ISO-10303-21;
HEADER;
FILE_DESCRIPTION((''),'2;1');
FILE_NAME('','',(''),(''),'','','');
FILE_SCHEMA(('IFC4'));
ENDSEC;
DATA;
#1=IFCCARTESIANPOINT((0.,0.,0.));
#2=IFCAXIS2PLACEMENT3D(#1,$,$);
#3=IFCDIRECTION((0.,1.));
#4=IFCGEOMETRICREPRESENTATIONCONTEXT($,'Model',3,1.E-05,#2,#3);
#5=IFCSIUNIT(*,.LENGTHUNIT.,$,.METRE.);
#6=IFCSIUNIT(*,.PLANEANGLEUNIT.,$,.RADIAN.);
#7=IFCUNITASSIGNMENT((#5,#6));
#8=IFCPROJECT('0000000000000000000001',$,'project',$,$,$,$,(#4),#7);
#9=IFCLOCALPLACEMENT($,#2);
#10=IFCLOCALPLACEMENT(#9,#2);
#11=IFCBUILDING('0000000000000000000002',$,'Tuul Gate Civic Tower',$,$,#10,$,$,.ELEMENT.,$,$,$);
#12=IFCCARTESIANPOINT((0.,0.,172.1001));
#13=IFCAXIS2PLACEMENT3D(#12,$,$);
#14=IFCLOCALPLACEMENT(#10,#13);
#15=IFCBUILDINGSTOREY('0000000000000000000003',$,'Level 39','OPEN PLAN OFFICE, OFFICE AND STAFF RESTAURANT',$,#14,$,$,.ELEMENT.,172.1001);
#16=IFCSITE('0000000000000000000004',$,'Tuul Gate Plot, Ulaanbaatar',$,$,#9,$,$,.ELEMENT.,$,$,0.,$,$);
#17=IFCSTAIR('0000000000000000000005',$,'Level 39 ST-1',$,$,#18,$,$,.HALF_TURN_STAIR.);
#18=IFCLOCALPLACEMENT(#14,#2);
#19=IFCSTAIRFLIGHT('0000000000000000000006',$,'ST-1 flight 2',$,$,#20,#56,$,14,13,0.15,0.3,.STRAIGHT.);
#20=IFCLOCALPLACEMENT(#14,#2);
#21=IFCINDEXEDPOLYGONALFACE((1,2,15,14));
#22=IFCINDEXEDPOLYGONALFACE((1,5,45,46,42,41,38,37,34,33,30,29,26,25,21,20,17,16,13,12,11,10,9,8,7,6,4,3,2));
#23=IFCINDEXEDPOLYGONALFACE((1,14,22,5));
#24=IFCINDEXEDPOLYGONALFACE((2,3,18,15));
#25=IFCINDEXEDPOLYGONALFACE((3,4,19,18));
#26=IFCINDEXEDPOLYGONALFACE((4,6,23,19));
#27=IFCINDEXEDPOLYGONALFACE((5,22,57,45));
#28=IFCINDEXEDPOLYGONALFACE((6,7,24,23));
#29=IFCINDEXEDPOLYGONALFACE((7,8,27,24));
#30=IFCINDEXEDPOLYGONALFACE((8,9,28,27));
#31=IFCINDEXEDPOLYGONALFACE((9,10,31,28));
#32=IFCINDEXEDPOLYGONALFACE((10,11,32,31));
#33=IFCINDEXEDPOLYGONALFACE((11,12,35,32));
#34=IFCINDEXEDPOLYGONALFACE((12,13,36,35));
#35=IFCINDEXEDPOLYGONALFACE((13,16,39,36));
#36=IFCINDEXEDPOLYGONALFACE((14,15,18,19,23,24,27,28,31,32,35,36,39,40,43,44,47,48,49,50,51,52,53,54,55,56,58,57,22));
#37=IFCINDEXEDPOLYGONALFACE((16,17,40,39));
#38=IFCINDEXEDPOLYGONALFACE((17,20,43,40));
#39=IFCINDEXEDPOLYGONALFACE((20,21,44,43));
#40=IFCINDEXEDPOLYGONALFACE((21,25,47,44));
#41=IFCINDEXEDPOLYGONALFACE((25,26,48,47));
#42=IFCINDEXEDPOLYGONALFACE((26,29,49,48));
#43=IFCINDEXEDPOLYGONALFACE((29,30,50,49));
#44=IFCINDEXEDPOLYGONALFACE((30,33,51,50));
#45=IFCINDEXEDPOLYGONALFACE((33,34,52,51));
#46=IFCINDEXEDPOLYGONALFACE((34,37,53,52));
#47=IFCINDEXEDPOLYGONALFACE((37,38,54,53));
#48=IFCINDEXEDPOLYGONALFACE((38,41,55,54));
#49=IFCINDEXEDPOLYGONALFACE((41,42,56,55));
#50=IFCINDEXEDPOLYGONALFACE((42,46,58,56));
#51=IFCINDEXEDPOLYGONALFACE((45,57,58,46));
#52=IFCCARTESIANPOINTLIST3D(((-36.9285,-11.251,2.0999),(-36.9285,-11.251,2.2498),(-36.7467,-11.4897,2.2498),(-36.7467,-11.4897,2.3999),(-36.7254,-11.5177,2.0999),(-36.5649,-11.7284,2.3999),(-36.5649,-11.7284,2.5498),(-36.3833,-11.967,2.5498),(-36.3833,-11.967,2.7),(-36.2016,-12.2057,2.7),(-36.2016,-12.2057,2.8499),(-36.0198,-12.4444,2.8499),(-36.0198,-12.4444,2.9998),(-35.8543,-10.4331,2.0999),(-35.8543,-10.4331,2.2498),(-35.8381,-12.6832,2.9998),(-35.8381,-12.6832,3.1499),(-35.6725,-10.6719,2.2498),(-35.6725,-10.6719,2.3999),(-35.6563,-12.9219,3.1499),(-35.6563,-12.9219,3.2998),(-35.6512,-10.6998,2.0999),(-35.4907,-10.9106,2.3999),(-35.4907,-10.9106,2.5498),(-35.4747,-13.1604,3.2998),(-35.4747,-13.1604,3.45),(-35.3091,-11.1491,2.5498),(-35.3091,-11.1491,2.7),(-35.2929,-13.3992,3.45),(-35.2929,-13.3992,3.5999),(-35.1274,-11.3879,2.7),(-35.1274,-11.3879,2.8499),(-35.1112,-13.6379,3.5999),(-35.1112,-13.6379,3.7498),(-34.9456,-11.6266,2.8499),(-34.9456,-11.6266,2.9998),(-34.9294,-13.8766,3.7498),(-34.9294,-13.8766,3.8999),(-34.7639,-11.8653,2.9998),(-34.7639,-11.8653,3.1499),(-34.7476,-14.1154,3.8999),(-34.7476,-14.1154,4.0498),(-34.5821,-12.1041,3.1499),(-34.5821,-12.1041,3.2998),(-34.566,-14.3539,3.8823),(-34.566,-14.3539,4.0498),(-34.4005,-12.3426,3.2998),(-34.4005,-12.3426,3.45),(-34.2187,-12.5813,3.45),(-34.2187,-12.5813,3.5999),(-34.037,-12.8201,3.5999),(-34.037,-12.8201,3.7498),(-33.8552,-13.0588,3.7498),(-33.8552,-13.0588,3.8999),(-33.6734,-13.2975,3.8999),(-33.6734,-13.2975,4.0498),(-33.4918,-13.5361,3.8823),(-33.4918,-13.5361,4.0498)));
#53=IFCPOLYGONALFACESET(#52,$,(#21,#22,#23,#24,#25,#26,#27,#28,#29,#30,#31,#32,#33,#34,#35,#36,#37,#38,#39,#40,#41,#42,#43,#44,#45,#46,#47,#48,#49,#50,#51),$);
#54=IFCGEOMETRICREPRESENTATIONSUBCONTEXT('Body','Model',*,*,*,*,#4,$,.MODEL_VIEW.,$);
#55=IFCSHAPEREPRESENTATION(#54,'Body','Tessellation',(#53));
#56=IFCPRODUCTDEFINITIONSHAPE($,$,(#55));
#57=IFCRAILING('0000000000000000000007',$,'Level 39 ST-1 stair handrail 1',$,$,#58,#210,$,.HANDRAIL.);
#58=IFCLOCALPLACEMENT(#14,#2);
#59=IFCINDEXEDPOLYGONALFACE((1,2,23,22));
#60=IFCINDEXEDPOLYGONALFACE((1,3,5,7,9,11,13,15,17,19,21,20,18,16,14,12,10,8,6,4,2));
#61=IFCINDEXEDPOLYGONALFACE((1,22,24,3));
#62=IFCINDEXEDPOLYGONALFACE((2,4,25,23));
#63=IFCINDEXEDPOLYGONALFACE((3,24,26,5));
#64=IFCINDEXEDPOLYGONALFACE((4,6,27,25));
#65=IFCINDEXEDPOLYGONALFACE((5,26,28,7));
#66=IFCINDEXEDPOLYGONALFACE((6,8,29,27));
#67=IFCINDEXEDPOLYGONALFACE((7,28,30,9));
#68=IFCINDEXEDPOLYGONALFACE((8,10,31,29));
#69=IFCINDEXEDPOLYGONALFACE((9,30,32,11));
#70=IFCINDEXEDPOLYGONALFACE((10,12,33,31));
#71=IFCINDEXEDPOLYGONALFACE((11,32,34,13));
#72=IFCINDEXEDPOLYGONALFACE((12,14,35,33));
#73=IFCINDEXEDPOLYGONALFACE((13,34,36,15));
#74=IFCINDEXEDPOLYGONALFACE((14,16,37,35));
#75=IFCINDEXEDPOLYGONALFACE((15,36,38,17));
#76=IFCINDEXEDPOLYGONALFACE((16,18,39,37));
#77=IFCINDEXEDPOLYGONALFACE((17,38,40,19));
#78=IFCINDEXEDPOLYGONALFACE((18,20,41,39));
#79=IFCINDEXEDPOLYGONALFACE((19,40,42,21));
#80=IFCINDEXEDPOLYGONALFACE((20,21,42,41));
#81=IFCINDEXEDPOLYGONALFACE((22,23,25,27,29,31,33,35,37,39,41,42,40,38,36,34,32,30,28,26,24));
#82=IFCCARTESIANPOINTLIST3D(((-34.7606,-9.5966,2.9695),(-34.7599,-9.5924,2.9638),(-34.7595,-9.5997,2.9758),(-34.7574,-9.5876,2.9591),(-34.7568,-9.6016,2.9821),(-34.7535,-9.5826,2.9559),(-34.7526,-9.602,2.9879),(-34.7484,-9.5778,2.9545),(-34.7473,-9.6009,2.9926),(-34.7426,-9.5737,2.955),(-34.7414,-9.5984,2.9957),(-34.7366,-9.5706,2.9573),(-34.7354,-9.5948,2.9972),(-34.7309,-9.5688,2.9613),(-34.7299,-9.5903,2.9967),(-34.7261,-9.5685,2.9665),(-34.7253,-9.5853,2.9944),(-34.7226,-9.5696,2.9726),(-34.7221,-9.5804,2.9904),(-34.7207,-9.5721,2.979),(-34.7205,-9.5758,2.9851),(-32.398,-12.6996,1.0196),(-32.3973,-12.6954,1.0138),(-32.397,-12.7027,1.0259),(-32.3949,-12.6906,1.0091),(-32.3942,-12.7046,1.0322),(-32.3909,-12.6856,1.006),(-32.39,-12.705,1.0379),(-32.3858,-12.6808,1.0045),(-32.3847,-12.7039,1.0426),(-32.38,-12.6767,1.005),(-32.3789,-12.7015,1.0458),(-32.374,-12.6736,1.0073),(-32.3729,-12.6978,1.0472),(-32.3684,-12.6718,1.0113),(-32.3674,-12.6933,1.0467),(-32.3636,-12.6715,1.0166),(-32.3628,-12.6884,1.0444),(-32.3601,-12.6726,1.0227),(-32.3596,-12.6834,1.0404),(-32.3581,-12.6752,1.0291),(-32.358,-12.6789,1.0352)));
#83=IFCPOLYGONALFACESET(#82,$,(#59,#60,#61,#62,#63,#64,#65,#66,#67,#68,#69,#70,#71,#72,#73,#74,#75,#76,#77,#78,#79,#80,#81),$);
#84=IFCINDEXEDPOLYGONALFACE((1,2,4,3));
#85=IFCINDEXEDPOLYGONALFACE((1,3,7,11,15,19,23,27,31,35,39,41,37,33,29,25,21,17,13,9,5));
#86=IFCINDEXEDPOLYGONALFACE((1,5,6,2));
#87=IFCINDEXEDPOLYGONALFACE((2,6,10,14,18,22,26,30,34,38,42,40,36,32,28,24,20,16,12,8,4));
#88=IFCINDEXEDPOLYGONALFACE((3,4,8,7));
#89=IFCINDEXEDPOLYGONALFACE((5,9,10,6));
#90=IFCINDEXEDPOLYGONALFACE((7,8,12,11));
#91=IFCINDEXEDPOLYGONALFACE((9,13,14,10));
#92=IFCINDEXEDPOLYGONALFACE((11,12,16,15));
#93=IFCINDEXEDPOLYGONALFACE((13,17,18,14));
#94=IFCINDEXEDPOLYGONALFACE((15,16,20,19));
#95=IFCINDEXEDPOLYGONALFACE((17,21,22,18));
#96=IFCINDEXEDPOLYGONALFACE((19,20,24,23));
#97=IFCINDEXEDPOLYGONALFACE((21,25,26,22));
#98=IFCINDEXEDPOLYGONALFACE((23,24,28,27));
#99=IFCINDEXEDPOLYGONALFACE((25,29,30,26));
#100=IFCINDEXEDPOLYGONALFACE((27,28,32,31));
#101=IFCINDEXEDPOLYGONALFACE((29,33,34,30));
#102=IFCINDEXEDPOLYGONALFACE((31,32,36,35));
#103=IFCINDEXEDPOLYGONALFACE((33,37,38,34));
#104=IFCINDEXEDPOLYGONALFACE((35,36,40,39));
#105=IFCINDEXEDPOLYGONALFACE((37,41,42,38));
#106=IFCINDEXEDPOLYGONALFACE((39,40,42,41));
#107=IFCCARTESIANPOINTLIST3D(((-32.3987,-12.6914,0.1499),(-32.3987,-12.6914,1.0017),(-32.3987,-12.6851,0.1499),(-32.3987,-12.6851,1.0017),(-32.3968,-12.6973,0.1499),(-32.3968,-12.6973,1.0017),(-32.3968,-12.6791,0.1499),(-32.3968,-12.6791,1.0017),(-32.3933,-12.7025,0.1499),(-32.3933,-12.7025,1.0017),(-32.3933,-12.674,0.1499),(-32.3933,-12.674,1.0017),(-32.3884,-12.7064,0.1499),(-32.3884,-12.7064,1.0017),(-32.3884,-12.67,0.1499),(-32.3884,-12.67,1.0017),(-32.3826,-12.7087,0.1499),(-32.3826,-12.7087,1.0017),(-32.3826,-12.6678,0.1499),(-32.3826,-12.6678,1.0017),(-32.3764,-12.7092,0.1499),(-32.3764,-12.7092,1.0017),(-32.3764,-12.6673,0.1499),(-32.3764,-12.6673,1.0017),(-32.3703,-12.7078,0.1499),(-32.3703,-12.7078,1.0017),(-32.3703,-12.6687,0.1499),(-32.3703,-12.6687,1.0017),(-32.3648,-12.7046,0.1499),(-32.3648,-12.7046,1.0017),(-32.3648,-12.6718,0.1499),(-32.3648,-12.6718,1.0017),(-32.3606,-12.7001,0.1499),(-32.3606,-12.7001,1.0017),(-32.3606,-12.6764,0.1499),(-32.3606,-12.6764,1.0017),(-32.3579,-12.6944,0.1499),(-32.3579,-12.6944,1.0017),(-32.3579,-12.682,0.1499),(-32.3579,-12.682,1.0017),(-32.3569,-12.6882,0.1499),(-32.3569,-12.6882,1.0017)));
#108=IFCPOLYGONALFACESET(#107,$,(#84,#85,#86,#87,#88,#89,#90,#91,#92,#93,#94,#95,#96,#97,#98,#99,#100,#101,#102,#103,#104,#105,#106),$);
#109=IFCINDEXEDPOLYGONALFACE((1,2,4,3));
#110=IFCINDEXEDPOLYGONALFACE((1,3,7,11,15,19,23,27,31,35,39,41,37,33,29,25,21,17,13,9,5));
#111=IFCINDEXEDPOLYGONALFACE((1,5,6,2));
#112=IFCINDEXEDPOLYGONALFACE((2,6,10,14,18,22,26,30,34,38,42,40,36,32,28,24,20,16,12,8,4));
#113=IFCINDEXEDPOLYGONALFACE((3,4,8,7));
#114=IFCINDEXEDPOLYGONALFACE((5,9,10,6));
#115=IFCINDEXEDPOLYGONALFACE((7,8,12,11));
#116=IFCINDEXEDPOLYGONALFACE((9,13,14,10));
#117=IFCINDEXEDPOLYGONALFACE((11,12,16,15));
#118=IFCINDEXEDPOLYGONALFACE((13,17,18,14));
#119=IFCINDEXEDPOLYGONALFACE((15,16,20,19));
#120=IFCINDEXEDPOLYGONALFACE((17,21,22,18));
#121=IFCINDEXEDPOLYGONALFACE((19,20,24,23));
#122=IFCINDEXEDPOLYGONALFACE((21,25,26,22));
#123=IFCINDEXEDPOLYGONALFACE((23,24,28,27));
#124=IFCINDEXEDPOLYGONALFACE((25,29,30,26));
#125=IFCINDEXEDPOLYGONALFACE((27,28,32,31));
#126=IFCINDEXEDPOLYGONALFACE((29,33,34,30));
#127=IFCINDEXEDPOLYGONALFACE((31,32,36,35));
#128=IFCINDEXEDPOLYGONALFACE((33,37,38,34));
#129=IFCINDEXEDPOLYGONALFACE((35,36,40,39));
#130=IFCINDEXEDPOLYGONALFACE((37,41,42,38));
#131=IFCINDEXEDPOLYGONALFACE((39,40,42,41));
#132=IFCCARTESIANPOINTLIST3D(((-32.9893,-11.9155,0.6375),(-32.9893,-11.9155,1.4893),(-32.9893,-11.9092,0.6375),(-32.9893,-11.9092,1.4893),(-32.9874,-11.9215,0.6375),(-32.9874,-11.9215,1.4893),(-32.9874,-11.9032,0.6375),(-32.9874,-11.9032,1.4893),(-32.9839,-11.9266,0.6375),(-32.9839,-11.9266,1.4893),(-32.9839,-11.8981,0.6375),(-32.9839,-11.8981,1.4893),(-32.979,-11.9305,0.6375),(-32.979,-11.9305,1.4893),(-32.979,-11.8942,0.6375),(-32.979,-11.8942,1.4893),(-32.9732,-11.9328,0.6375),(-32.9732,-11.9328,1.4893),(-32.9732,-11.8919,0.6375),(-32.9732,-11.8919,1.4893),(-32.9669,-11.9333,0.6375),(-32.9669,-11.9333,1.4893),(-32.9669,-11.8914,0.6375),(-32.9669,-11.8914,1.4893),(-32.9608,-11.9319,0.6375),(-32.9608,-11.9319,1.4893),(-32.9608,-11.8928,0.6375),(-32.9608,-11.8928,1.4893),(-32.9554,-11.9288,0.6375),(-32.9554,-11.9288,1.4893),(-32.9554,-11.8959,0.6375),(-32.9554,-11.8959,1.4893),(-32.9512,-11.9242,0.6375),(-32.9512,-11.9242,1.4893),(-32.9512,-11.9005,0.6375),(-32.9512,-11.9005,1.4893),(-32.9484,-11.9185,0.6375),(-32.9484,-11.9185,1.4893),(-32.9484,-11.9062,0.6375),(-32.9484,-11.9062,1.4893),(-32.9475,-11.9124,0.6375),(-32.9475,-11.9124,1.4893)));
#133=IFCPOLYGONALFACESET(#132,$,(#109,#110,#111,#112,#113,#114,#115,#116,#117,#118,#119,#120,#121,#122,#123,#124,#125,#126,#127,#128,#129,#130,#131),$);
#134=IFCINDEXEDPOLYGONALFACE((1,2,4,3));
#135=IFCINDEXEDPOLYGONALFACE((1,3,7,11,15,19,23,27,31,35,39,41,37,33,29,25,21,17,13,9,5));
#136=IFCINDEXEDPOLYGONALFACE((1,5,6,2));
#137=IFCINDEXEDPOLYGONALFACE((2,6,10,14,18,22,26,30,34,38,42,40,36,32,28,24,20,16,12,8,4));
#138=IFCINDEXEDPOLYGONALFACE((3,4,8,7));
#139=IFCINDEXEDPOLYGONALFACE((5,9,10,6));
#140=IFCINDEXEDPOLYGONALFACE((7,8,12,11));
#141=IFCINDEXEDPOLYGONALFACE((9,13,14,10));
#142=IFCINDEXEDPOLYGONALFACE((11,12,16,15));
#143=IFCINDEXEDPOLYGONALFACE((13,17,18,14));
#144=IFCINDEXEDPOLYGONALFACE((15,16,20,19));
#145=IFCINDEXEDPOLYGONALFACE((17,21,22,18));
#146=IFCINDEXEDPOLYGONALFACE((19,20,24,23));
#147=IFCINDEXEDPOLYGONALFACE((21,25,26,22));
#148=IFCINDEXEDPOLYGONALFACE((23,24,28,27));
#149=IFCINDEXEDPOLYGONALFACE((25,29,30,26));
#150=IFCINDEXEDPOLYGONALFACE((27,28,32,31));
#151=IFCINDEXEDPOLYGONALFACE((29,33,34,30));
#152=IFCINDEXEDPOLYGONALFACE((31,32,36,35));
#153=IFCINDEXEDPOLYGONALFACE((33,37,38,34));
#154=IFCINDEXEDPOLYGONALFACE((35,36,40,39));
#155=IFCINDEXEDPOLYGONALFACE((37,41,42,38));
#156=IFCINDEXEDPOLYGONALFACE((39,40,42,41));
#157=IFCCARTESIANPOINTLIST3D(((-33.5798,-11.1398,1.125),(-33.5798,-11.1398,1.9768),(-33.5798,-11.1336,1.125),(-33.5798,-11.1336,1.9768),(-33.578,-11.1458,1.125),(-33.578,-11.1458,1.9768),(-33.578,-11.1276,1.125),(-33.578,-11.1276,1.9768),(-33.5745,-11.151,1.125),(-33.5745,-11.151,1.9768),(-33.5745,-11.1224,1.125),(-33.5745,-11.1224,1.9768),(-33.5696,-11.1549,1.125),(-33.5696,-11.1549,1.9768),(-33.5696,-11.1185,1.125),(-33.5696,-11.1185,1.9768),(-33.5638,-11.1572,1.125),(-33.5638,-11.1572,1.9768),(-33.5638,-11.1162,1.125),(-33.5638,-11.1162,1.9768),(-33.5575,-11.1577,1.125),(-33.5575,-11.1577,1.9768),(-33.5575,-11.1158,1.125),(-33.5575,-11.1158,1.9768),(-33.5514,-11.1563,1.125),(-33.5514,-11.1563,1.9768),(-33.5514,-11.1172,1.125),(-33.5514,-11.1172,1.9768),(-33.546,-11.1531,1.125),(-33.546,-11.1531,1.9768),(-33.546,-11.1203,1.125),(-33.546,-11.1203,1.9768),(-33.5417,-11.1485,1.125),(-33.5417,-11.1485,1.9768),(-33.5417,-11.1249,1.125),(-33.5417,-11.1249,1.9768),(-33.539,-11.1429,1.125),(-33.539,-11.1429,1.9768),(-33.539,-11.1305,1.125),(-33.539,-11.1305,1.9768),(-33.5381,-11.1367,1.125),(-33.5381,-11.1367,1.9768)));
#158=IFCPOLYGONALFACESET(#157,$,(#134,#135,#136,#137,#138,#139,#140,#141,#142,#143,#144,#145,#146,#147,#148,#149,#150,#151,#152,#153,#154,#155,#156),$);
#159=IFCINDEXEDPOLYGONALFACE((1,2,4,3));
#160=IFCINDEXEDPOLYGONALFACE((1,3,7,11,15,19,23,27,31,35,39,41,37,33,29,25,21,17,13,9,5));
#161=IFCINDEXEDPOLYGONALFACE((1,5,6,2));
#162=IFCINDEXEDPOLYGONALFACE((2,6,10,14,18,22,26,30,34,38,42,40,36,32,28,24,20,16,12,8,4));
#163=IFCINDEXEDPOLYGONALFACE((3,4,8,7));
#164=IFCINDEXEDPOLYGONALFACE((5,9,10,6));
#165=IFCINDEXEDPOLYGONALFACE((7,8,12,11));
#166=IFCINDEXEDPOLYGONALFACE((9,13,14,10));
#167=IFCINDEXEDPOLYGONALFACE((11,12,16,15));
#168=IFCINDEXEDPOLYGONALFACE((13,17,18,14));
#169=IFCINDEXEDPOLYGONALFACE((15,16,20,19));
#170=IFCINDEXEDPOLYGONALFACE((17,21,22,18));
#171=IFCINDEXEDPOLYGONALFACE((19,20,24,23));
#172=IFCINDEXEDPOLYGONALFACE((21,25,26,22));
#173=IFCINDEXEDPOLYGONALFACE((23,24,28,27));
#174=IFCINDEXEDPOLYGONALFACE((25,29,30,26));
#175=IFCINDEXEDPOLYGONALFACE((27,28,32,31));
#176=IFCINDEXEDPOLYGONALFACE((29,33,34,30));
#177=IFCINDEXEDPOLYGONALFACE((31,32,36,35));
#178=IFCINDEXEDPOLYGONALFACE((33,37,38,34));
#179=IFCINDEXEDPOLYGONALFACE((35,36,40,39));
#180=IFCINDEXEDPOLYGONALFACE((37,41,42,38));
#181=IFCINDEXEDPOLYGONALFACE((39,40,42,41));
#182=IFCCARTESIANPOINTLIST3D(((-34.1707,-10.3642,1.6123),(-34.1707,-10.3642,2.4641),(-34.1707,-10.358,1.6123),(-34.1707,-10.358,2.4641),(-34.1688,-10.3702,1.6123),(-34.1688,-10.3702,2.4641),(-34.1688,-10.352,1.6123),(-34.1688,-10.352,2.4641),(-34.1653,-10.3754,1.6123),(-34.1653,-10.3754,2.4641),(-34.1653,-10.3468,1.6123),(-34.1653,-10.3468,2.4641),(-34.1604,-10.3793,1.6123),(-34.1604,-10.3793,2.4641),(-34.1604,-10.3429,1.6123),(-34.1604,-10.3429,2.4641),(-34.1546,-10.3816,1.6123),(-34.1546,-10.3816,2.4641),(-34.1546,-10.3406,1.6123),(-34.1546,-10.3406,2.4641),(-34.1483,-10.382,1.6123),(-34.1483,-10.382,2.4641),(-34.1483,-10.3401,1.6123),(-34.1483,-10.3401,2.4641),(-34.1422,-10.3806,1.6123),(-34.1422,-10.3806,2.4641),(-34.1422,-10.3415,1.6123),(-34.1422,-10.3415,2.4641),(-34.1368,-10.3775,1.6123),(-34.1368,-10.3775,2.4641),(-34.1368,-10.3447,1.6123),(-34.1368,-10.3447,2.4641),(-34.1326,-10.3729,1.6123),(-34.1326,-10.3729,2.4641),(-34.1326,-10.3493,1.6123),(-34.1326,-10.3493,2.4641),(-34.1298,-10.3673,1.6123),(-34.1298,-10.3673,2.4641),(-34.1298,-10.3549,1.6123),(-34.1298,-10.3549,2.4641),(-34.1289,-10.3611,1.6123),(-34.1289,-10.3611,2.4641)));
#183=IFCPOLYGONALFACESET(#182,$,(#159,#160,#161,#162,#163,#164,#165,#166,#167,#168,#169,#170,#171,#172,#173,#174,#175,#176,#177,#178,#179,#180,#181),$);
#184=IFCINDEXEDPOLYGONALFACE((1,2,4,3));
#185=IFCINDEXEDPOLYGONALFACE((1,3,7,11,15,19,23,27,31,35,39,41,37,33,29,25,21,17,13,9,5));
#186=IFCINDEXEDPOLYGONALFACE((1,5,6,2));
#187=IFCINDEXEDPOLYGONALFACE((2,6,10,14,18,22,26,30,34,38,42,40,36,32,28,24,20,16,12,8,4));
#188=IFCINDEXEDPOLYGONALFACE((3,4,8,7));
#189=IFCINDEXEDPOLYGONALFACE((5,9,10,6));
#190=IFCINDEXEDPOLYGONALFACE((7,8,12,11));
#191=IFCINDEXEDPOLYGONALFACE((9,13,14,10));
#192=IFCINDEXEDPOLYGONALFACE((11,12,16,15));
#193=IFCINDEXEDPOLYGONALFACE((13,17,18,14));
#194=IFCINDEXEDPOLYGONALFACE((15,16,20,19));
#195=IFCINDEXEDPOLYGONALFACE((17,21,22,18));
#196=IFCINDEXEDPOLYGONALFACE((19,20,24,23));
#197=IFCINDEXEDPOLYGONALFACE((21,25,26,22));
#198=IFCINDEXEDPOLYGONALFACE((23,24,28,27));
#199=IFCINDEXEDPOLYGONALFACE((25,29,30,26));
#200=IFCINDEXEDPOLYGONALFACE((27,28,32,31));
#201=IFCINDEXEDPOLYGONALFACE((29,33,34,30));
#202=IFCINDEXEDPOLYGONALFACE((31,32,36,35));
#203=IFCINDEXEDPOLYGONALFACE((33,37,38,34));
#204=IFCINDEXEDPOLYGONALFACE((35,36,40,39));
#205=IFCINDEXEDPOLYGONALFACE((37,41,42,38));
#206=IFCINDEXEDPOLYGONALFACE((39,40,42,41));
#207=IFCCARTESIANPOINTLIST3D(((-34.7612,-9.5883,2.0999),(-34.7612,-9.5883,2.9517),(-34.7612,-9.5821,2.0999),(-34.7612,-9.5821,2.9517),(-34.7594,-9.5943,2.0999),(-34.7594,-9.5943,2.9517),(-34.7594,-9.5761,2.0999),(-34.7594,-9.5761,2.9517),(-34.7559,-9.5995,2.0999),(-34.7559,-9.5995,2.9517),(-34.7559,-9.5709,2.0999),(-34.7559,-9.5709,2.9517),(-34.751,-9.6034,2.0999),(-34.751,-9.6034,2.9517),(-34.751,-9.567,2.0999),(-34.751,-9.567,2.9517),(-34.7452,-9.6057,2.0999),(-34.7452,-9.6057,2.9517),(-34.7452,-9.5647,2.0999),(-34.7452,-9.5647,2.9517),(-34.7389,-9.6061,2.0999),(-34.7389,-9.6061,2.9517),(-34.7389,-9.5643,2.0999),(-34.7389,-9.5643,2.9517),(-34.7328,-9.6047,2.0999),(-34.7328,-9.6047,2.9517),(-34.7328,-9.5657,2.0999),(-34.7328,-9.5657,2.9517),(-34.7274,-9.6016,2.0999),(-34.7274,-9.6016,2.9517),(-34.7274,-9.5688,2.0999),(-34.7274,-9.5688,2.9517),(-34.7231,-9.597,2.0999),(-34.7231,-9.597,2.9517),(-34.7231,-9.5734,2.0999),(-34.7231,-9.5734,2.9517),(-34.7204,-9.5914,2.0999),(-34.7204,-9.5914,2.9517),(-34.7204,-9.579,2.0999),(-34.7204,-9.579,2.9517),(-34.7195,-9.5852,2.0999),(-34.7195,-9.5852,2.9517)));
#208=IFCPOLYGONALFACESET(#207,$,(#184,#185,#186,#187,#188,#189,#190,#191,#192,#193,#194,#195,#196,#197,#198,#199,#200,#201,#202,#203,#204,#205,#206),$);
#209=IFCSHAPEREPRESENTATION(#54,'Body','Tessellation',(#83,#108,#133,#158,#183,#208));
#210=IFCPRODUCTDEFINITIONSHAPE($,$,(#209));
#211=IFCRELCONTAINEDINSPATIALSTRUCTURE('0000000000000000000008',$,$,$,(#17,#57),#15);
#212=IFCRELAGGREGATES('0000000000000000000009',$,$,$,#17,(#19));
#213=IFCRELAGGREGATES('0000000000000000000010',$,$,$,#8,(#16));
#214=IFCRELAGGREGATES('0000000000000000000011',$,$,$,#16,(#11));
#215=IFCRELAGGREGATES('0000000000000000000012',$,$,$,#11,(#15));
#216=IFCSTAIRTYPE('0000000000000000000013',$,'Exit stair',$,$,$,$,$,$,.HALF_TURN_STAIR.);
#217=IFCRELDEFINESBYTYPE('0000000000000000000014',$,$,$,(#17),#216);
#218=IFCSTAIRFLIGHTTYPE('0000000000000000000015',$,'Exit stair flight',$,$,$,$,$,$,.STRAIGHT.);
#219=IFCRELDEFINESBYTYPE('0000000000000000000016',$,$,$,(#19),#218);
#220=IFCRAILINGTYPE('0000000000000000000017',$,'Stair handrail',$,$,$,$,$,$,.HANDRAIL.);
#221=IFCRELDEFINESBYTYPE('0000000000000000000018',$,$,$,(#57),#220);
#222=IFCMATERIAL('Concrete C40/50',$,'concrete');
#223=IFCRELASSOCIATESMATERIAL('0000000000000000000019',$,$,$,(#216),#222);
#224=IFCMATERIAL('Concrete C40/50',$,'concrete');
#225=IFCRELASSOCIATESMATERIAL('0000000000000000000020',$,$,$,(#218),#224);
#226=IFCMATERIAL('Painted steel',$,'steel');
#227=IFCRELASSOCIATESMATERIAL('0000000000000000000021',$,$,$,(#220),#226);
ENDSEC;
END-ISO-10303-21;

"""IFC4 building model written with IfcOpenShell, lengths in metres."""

from ifc_helpers import new_model, si_unit, direction, frame, origin, origin_2d, place, context, subcontext, project, spatial, polyline, circle, outline, extrude, material, type_object, element, aggregate, save


model = new_model("IFC4")

# Units and contexts
model_context = context("Model", 3, precision=1e-05, world=origin(), true_north=direction((0.0, 1.0)))
body_context = subcontext(model_context, "Body", "Model", "MODEL_VIEW")
ifc_project = project(units=[si_unit("LENGTHUNIT", "METRE"), si_unit("PLANEANGLEUNIT", "RADIAN")], contexts=[model_context])

# Site, building, storey
site_placement = place(None, origin())
site = spatial("IfcSite", under=ifc_project, at=site_placement, Name="Tuul Gate Plot, Ulaanbaatar", CompositionType="ELEMENT", RefElevation=0.0)
building_placement = place(site_placement, origin())
building = spatial("IfcBuilding", under=site, at=building_placement, Name="Tuul Gate Civic Tower", CompositionType="ELEMENT")
storey_placement = place(building_placement, frame((0.0, 0.0, 172.1001)))
storey = spatial("IfcBuildingStorey", under=building, at=storey_placement, Name="Level 39", Description="OPEN PLAN OFFICE, OFFICE AND STAFF RESTAURANT", CompositionType="ELEMENT", Elevation=172.1001)

# Stair, stair flight
ifc_material_1 = material(Name="Concrete C40/50", Category="concrete")
stair_type = type_object("IfcStairType", Name="Exit stair", PredefinedType="HALF_TURN_STAIR", material=ifc_material_1)
stair_placement = place(storey_placement, origin())
stair = element("IfcStair", 1, at=stair_placement, inside=storey, type_object=stair_type, Name="Level 39 ST-1", PredefinedType="HALF_TURN_STAIR")
ifc_material_2 = material(Name="Concrete C40/50", Category="concrete")
stair_flight_type = type_object("IfcStairFlightType", Name="Exit stair flight", PredefinedType="STRAIGHT", material=ifc_material_2)
stair_flight_placement = place(storey_placement, frame((-36.3914, -10.842, 2.0999), z_axis=(0.0, 0.0, 1.0), x_axis=(0.605764, -0.795644, 0.0)))
stair_flight = element("IfcStairFlight", 2, at=stair_flight_placement, type_object=stair_flight_type, Name="ST-1 flight 2", NumberOfRisers=14, NumberOfTreads=13, PredefinedType="STRAIGHT", RiserHeight=0.15, TreadLength=0.3, context=body_context, shape_type="SweptSolid", body=[
    extrude(outline(polyline([(0.0, 0.0), (0.0, 0.1499), (0.3, 0.1499), (0.3, 0.3), (0.6001, 0.3), (0.6001, 0.45), (0.8999, 0.45), (0.8999, 0.6001), (1.2, 0.6001), (1.2, 0.75), (1.5, 0.75), (1.5, 0.8999), (1.8, 0.8999), (1.8, 1.05), (2.1001, 1.05), (2.1001, 1.2), (2.3999, 1.2), (2.3999, 1.3501), (2.7, 1.3501), (2.7, 1.5), (3.0, 1.5), (3.0, 1.6499), (3.3, 1.6499), (3.3, 1.8), (3.6001, 1.8), (3.6001, 1.95), (3.8999, 1.95), (3.8999, 2.1001), (3.8999, 1.7825), (0.3352, 0.0), (0.0, 0.0)])), frame((0.0, 0.675, 0.0), z_axis=(0.0, -1.0, 0.0), x_axis=(1.0, 0.0, 0.0)), (0.0, 0.0, 1.0), 1.3501),
])
aggregate(stair, [stair_flight])

# Railing
ifc_material_3 = material(Name="Painted steel", Category="steel")
railing_type = type_object("IfcRailingType", Name="Stair handrail", PredefinedType="HANDRAIL", material=ifc_material_3)
railing_placement = place(storey_placement, frame((-32.3779, -12.6882, 0.1499)))
element("IfcRailing", 3, at=railing_placement, inside=storey, type_object=railing_type, Name="Level 39 ST-1 stair handrail 1", PredefinedType="HANDRAIL", context=body_context, shape_type="SweptSolid", body=[
    extrude(circle(Radius=0.0239, at=origin_2d()), frame((0.0, 0.0, 0.876), z_axis=(-0.541824, 0.711645, 0.4472), x_axis=(-0.795637, -0.605773, 0.0)), (0.0, 0.0, 1.0), 4.3604),
    extrude(circle(Radius=0.021, at=origin_2d()), origin(), (0.0, 0.0, 1.0), 0.8518),
    extrude(circle(Radius=0.021, at=origin_2d()), frame((-0.5906, 0.7759, 0.4875)), (0.0, 0.0, 1.0), 0.8518),
    extrude(circle(Radius=0.021, at=origin_2d()), frame((-1.1812, 1.5515, 0.9751)), (0.0, 0.0, 1.0), 0.8518),
    extrude(circle(Radius=0.021, at=origin_2d()), frame((-1.772, 2.3271, 1.4624)), (0.0, 0.0, 1.0), 0.8518),
    extrude(circle(Radius=0.021, at=origin_2d()), frame((-2.3625, 3.103, 1.95)), (0.0, 0.0, 1.0), 0.8518),
])

save(model, "model.ifc")
